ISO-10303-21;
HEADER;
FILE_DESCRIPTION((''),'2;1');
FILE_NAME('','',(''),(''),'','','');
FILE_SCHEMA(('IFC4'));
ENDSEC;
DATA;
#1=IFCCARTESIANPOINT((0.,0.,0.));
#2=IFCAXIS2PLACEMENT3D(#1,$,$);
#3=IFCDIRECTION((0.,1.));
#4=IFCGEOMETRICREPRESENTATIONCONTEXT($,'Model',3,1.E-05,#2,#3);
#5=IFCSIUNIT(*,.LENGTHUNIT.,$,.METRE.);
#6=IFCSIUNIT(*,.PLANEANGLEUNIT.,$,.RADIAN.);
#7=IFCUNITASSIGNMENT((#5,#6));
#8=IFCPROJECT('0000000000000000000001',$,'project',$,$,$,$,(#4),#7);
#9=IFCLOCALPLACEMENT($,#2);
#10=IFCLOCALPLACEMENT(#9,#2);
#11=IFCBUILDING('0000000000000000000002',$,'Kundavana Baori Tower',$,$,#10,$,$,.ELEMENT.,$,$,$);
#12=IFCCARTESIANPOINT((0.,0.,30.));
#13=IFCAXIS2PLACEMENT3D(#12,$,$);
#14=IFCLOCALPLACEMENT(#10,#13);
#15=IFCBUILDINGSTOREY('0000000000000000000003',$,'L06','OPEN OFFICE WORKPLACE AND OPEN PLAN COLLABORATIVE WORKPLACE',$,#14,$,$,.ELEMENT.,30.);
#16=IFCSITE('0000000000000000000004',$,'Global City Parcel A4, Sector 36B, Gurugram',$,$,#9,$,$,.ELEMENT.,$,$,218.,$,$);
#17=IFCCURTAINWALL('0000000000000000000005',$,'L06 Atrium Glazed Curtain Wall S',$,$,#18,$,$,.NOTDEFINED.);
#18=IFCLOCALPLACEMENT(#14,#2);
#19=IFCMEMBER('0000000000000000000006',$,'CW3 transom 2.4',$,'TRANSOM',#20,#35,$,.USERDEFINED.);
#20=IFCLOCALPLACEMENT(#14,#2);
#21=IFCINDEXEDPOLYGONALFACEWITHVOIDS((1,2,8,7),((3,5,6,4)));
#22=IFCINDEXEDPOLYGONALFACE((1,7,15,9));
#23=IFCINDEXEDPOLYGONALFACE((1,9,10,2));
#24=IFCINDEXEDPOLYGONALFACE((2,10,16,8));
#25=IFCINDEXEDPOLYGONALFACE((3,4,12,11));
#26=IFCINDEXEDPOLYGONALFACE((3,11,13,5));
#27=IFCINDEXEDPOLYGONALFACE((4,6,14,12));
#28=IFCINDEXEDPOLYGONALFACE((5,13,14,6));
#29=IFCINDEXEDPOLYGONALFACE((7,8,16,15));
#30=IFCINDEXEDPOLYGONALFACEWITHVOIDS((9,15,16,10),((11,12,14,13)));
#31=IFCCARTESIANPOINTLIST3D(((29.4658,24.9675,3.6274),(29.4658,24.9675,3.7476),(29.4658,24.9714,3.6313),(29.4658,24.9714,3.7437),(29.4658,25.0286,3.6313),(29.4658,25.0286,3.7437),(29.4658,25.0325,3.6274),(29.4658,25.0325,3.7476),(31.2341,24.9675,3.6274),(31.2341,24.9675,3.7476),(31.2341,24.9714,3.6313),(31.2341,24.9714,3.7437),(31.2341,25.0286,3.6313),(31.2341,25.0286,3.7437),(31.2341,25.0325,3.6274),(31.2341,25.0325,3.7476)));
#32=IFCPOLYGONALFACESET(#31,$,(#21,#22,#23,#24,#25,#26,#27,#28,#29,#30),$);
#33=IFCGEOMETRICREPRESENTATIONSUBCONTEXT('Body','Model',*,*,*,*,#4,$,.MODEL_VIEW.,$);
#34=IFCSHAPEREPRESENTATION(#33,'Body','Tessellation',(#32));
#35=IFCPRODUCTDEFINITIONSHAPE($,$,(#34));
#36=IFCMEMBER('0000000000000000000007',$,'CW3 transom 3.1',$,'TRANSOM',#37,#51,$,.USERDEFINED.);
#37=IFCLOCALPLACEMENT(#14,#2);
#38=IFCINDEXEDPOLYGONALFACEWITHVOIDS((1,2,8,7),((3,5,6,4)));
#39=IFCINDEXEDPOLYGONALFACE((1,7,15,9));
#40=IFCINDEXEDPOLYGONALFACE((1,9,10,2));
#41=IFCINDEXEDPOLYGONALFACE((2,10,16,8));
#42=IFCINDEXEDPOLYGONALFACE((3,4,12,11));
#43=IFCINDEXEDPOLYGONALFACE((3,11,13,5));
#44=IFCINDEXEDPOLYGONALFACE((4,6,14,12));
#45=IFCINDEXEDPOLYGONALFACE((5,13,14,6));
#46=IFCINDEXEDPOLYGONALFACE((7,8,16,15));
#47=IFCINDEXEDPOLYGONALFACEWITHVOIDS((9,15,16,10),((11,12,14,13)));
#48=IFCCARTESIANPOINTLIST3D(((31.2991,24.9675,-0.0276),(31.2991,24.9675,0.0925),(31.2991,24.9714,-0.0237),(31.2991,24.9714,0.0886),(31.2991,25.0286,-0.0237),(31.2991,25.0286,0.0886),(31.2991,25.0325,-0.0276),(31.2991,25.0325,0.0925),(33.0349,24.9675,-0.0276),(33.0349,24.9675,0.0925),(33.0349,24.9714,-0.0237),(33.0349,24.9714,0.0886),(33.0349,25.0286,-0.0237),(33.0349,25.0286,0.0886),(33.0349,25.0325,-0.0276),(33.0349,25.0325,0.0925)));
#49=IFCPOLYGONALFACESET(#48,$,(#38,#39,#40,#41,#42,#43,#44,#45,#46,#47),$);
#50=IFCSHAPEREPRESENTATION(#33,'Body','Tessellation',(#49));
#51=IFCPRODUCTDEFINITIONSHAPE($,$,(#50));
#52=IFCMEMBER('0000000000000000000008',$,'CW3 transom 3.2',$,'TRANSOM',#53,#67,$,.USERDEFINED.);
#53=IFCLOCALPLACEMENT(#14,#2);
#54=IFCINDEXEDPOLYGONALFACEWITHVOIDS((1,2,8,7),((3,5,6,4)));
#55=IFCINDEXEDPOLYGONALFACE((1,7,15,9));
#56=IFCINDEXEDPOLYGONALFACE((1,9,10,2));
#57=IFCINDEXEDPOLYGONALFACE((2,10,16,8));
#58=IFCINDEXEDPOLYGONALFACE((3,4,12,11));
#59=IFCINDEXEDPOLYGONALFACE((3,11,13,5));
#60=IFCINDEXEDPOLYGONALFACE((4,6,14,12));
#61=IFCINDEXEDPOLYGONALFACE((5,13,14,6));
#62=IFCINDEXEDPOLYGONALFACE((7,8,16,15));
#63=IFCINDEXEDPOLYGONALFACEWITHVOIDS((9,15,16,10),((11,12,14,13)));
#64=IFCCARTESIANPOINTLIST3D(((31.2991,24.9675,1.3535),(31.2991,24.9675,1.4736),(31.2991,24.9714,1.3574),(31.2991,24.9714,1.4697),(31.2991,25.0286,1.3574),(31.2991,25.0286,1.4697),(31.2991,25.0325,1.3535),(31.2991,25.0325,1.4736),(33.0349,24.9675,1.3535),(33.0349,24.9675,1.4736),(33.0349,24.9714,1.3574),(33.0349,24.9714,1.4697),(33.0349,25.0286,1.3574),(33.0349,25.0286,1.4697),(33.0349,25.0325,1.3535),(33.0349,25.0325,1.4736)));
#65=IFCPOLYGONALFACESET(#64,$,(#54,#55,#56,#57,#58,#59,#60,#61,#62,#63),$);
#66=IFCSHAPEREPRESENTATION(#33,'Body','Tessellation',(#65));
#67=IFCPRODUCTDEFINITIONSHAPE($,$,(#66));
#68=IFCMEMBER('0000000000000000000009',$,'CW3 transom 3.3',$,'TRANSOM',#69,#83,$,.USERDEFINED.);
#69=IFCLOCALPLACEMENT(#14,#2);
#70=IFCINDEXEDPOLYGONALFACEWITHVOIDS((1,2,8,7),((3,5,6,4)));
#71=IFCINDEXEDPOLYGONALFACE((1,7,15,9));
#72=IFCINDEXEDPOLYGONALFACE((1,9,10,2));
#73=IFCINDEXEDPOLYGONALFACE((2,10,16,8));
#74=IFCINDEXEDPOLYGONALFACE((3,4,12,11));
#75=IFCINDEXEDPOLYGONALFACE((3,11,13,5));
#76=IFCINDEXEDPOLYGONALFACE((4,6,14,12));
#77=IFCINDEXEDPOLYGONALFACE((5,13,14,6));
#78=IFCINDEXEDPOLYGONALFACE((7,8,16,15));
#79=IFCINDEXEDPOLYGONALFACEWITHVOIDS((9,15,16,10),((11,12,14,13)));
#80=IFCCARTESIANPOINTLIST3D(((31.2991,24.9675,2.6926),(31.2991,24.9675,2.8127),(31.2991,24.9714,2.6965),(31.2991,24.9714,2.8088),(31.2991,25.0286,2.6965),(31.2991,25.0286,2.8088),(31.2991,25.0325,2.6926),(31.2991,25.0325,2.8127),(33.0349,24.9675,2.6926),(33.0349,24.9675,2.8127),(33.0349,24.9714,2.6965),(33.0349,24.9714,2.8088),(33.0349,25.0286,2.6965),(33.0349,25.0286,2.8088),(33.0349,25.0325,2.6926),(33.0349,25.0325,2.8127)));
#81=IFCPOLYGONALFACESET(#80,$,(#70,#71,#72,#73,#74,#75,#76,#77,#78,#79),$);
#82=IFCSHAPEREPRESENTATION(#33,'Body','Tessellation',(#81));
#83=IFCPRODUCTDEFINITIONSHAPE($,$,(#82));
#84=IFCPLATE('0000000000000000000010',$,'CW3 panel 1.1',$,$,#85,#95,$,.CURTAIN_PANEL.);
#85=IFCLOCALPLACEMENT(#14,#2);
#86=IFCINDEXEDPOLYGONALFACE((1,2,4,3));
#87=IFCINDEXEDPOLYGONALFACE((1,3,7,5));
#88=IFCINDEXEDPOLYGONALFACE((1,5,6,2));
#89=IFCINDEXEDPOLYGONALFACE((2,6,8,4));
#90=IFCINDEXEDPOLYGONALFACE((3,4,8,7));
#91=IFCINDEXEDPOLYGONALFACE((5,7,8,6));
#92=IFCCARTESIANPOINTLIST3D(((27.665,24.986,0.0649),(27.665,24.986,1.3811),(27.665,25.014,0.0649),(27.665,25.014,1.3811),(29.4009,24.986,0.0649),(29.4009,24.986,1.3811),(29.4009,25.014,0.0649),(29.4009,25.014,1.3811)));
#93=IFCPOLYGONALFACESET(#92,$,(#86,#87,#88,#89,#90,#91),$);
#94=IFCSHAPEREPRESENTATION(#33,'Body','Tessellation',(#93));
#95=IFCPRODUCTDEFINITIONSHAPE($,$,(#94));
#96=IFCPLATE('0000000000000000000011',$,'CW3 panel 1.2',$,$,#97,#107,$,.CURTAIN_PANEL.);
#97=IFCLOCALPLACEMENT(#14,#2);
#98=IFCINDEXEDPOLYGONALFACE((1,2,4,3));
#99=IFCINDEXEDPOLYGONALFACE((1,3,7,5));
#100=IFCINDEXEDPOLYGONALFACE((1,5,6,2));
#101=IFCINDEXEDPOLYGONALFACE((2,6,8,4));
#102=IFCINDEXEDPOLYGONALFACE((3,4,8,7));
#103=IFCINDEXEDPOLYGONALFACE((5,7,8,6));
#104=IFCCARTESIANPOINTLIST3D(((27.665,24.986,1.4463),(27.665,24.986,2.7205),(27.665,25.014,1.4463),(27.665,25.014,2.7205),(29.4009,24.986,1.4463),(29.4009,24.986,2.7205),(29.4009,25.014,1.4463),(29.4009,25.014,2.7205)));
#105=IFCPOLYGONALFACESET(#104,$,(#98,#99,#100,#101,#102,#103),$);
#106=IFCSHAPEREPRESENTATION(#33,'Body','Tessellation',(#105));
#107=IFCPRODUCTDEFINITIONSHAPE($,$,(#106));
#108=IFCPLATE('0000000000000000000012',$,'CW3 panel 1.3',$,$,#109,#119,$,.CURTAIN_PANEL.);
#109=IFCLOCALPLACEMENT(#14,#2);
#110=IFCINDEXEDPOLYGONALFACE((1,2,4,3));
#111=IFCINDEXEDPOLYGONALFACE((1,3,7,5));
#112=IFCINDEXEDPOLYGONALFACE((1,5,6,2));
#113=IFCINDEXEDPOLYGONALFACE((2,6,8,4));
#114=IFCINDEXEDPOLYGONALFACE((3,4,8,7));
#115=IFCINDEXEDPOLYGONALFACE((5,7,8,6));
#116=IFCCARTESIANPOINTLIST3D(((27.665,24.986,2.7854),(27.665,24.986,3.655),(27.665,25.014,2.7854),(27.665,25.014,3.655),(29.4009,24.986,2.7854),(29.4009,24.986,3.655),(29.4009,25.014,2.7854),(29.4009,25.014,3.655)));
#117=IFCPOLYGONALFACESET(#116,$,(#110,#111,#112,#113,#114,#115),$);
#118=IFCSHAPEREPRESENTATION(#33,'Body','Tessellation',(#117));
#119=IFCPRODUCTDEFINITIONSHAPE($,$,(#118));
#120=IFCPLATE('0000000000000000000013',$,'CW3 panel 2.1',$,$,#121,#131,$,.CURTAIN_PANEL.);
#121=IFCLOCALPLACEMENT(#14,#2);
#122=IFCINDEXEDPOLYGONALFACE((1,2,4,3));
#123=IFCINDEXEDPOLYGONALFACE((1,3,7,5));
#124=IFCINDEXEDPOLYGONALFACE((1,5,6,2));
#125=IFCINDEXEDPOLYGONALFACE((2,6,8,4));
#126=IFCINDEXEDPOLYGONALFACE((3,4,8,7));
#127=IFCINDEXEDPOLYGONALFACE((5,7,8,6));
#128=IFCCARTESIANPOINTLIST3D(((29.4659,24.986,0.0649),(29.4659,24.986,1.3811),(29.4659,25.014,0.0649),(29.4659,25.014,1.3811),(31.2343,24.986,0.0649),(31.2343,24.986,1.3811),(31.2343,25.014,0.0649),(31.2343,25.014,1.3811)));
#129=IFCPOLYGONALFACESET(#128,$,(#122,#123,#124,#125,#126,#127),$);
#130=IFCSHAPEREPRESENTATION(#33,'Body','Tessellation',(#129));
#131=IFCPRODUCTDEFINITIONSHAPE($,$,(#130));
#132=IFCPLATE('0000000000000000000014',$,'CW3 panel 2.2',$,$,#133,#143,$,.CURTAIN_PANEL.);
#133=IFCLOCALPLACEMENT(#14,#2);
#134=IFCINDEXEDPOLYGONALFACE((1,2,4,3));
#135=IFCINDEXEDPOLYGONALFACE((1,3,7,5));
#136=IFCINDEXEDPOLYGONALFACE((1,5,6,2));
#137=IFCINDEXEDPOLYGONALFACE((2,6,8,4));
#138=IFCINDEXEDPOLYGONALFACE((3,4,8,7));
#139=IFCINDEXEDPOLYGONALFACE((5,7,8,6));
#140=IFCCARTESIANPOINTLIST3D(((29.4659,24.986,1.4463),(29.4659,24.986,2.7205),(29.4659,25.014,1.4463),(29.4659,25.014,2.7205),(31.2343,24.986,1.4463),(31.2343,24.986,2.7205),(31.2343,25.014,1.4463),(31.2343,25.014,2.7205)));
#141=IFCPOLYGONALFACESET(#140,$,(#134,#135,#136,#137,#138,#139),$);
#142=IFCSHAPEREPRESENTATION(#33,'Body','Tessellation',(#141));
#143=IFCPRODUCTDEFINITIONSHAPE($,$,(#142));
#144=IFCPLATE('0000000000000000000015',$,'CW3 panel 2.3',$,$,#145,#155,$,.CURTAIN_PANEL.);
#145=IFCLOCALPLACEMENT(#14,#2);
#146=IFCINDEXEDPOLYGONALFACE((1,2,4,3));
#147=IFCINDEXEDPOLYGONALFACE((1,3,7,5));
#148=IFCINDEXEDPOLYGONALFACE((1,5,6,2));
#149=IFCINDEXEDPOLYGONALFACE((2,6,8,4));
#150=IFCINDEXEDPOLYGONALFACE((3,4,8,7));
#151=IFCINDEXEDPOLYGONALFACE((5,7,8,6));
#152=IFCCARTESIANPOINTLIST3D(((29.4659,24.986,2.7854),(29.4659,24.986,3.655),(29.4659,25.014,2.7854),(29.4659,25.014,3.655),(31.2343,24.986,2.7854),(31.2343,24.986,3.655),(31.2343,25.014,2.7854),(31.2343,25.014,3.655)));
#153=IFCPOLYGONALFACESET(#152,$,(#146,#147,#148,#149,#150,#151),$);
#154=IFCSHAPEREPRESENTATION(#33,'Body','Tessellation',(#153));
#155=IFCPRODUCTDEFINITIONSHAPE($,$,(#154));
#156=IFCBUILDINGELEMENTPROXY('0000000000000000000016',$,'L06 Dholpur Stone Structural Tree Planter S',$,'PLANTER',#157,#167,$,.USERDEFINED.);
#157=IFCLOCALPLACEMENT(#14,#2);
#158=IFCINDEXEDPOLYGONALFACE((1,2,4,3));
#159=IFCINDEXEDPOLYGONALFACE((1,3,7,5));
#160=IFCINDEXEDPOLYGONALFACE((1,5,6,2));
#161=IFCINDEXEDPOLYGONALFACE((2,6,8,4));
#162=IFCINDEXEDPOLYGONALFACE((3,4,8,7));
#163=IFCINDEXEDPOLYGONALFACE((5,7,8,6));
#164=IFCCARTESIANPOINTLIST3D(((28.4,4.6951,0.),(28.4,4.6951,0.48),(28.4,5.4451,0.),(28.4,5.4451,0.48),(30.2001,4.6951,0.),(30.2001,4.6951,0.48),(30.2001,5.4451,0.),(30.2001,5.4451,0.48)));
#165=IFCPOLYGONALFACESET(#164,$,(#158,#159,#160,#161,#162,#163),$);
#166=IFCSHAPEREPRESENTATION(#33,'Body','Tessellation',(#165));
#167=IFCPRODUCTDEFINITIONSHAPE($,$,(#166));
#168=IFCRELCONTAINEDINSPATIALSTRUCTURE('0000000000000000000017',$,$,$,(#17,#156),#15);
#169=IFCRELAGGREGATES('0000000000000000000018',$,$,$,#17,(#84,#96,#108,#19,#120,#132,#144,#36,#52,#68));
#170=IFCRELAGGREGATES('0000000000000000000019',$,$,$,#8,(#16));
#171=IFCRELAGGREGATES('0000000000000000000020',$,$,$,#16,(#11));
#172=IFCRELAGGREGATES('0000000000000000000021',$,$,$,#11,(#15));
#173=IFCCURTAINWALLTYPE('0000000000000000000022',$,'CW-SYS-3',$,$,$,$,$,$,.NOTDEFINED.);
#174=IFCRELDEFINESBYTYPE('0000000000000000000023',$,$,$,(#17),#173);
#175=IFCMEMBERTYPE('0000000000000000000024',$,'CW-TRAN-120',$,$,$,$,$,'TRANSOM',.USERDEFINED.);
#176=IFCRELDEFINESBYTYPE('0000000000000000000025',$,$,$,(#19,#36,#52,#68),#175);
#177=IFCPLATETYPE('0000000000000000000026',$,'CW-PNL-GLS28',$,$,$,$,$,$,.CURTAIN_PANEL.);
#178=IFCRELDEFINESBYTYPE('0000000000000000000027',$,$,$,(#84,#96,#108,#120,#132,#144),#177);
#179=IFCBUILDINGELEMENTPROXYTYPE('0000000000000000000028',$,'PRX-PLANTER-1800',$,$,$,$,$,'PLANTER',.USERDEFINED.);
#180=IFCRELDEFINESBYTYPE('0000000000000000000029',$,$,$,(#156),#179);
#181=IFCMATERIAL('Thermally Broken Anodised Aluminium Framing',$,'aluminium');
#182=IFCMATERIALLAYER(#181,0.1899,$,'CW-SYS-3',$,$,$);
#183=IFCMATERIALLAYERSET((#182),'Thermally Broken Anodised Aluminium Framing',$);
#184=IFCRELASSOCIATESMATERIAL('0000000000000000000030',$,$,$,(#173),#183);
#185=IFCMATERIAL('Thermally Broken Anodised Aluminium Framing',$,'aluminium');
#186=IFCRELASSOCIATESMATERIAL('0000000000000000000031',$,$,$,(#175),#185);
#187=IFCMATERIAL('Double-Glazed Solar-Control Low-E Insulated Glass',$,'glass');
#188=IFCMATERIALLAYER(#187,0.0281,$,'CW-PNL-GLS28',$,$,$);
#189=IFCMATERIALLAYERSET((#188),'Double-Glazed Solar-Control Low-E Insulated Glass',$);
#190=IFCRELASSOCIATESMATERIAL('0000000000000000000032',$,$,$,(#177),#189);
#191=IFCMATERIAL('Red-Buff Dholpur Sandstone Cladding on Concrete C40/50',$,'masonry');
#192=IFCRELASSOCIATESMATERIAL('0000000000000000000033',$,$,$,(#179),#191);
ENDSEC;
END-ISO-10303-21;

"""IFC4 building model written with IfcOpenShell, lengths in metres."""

from ifc_helpers import new_model, si_unit, direction, frame, origin, origin_2d, place, context, subcontext, project, spatial, rectangle, hollow_rectangle, extrude, material, layer, layer_set, material_profile, profile_set, type_object, element, aggregate, save


model = new_model("IFC4")

# Units and contexts
model_context = context("Model", 3, precision=1e-05, world=origin(), true_north=direction((0.0, 1.0)))
body_context = subcontext(model_context, "Body", "Model", "MODEL_VIEW")
ifc_project = project(units=[si_unit("LENGTHUNIT", "METRE"), si_unit("PLANEANGLEUNIT", "RADIAN")], contexts=[model_context])

# Site, building, storey
site_placement = place(None, origin())
site = spatial("IfcSite", under=ifc_project, at=site_placement, Name="Global City Parcel A4, Sector 36B, Gurugram", CompositionType="ELEMENT", RefElevation=218.0)
building_placement = place(site_placement, origin())
building = spatial("IfcBuilding", under=site, at=building_placement, Name="Kundavana Baori Tower", CompositionType="ELEMENT")
storey_placement = place(building_placement, frame((0.0, 0.0, 30.0)))
storey = spatial("IfcBuildingStorey", under=building, at=storey_placement, Name="L06", Description="OPEN OFFICE WORKPLACE AND OPEN PLAN COLLABORATIVE WORKPLACE", CompositionType="ELEMENT", Elevation=30.0)

# Curtain wall, members, plates
ifc_material_1 = material(Name="Thermally Broken Anodised Aluminium Framing", Category="aluminium")
ifc_layer_1 = layer(ifc_material_1, 0.1899, Name="CW-SYS-3")
ifc_layer_set_1 = layer_set([ifc_layer_1], Name="Thermally Broken Anodised Aluminium Framing")
curtain_wall_type = type_object("IfcCurtainWallType", Name="CW-SYS-3", PredefinedType="NOTDEFINED", material=ifc_layer_set_1)
curtain_wall_placement = place(storey_placement, origin())
curtain_wall = element("IfcCurtainWall", 1, at=curtain_wall_placement, inside=storey, type_object=curtain_wall_type, Name="L06 Atrium Glazed Curtain Wall S", PredefinedType="NOTDEFINED")
ifc_material_2 = material(Name="Thermally Broken Anodised Aluminium Framing", Category="aluminium")
ifc_material_profile_1 = material_profile(ifc_material_2, hollow_rectangle(XDim=0.0649, YDim=0.1201, WallThickness=0.0039, at=origin_2d()), Name="CW-TRAN-120")
ifc_profile_set_1 = profile_set([ifc_material_profile_1], Name="Thermally Broken Anodised Aluminium Framing")
member_type_1 = type_object("IfcMemberType", Name="CW-TRAN-120", ElementType="TRANSOM", PredefinedType="USERDEFINED", material=ifc_profile_set_1)
member_1_placement = place(storey_placement, frame((29.4658, 25.0, 3.6875), z_axis=(1.0, 0.0, 0.0), x_axis=(0.0, 1.0, 0.0)))
member_1 = element("IfcMember", 2, at=member_1_placement, type_object=member_type_1, Name="CW3 transom 2.4", ObjectType="TRANSOM", PredefinedType="USERDEFINED", context=body_context, shape_type="SweptSolid", body=[
    extrude(hollow_rectangle(XDim=0.0649, YDim=0.1201, WallThickness=0.0039, at=origin_2d()), origin(), (0.0, 0.0, 1.0), 1.7683),
])
member_2_placement = place(storey_placement, frame((31.2991, 25.0, 0.0325), z_axis=(1.0, 0.0, 0.0), x_axis=(0.0, 1.0, 0.0)))
member_2 = element("IfcMember", 3, at=member_2_placement, type_object=member_type_1, Name="CW3 transom 3.1", ObjectType="TRANSOM", PredefinedType="USERDEFINED", context=body_context, shape_type="SweptSolid", body=[
    extrude(hollow_rectangle(XDim=0.0649, YDim=0.1201, WallThickness=0.0039, at=origin_2d()), origin(), (0.0, 0.0, 1.0), 1.7358),
])
member_3_placement = place(storey_placement, frame((31.2991, 25.0, 1.4136), z_axis=(1.0, 0.0, 0.0), x_axis=(0.0, 1.0, 0.0)))
member_3 = element("IfcMember", 4, at=member_3_placement, type_object=member_type_1, Name="CW3 transom 3.2", ObjectType="TRANSOM", PredefinedType="USERDEFINED", context=body_context, shape_type="SweptSolid", body=[
    extrude(hollow_rectangle(XDim=0.0649, YDim=0.1201, WallThickness=0.0039, at=origin_2d()), origin(), (0.0, 0.0, 1.0), 1.7358),
])
member_4_placement = place(storey_placement, frame((31.2991, 25.0, 2.7527), z_axis=(1.0, 0.0, 0.0), x_axis=(0.0, 1.0, 0.0)))
member_4 = element("IfcMember", 5, at=member_4_placement, type_object=member_type_1, Name="CW3 transom 3.3", ObjectType="TRANSOM", PredefinedType="USERDEFINED", context=body_context, shape_type="SweptSolid", body=[
    extrude(hollow_rectangle(XDim=0.0649, YDim=0.1201, WallThickness=0.0039, at=origin_2d()), origin(), (0.0, 0.0, 1.0), 1.7358),
])
ifc_material_3 = material(Name="Double-Glazed Solar-Control Low-E Insulated Glass", Category="glass")
ifc_layer_2 = layer(ifc_material_3, 0.0281, Name="CW-PNL-GLS28")
ifc_layer_set_2 = layer_set([ifc_layer_2], Name="Double-Glazed Solar-Control Low-E Insulated Glass")
plate_type = type_object("IfcPlateType", Name="CW-PNL-GLS28", PredefinedType="CURTAIN_PANEL", material=ifc_layer_set_2)
plate_1_placement = place(storey_placement, frame((28.533, 25.0, 0.0649), z_axis=(0.0, 0.0, 1.0), x_axis=(1.0, 0.0, 0.0)))
plate_1 = element("IfcPlate", 6, at=plate_1_placement, type_object=plate_type, Name="CW3 panel 1.1", PredefinedType="CURTAIN_PANEL", context=body_context, shape_type="SweptSolid", body=[
    extrude(rectangle(XDim=1.7358, YDim=0.0281, at=origin_2d()), origin(), (0.0, 0.0, 1.0), 1.3162),
])
plate_2_placement = place(storey_placement, frame((28.533, 25.0, 1.4463), z_axis=(0.0, 0.0, 1.0), x_axis=(1.0, 0.0, 0.0)))
plate_2 = element("IfcPlate", 7, at=plate_2_placement, type_object=plate_type, Name="CW3 panel 1.2", PredefinedType="CURTAIN_PANEL", context=body_context, shape_type="SweptSolid", body=[
    extrude(rectangle(XDim=1.7358, YDim=0.0281, at=origin_2d()), origin(), (0.0, 0.0, 1.0), 1.2742),
])
plate_3_placement = place(storey_placement, frame((28.533, 25.0, 2.7854), z_axis=(0.0, 0.0, 1.0), x_axis=(1.0, 0.0, 0.0)))
plate_3 = element("IfcPlate", 8, at=plate_3_placement, type_object=plate_type, Name="CW3 panel 1.3", PredefinedType="CURTAIN_PANEL", context=body_context, shape_type="SweptSolid", body=[
    extrude(rectangle(XDim=1.7358, YDim=0.0281, at=origin_2d()), origin(), (0.0, 0.0, 1.0), 0.8696),
])
plate_4_placement = place(storey_placement, frame((30.3501, 25.0, 0.0649), z_axis=(0.0, 0.0, 1.0), x_axis=(1.0, 0.0, 0.0)))
plate_4 = element("IfcPlate", 9, at=plate_4_placement, type_object=plate_type, Name="CW3 panel 2.1", PredefinedType="CURTAIN_PANEL", context=body_context, shape_type="SweptSolid", body=[
    extrude(rectangle(XDim=1.7683, YDim=0.0281, at=origin_2d()), origin(), (0.0, 0.0, 1.0), 1.3162),
])
plate_5_placement = place(storey_placement, frame((30.3501, 25.0, 1.4463), z_axis=(0.0, 0.0, 1.0), x_axis=(1.0, 0.0, 0.0)))
plate_5 = element("IfcPlate", 10, at=plate_5_placement, type_object=plate_type, Name="CW3 panel 2.2", PredefinedType="CURTAIN_PANEL", context=body_context, shape_type="SweptSolid", body=[
    extrude(rectangle(XDim=1.7683, YDim=0.0281, at=origin_2d()), origin(), (0.0, 0.0, 1.0), 1.2742),
])
plate_6_placement = place(storey_placement, frame((30.3501, 25.0, 2.7854), z_axis=(0.0, 0.0, 1.0), x_axis=(1.0, 0.0, 0.0)))
plate_6 = element("IfcPlate", 11, at=plate_6_placement, type_object=plate_type, Name="CW3 panel 2.3", PredefinedType="CURTAIN_PANEL", context=body_context, shape_type="SweptSolid", body=[
    extrude(rectangle(XDim=1.7683, YDim=0.0281, at=origin_2d()), origin(), (0.0, 0.0, 1.0), 0.8696),
])
aggregate(curtain_wall, [plate_1, plate_2, plate_3, member_1, plate_4, plate_5, plate_6, member_2, member_3, member_4])

# Building element proxy
ifc_material_4 = material(Name="Red-Buff Dholpur Sandstone Cladding on Concrete C40/50", Category="masonry")
building_element_proxy_type = type_object("IfcBuildingElementProxyType", Name="PRX-PLANTER-1800", ElementType="PLANTER", PredefinedType="USERDEFINED", material=ifc_material_4)
proxy_placement = place(storey_placement, frame((29.3, 5.0701, 0.0), z_axis=(0.0, 0.0, 1.0), x_axis=(1.0, 0.0, 0.0)))
element("IfcBuildingElementProxy", 12, at=proxy_placement, inside=storey, type_object=building_element_proxy_type, Name="L06 Dholpur Stone Structural Tree Planter S", ObjectType="PLANTER", PredefinedType="USERDEFINED", context=body_context, shape_type="SweptSolid", body=[
    extrude(rectangle(XDim=1.8, YDim=0.75, at=origin_2d()), origin(), (0.0, 0.0, 1.0), 0.48),
])

save(model, "model.ifc")
